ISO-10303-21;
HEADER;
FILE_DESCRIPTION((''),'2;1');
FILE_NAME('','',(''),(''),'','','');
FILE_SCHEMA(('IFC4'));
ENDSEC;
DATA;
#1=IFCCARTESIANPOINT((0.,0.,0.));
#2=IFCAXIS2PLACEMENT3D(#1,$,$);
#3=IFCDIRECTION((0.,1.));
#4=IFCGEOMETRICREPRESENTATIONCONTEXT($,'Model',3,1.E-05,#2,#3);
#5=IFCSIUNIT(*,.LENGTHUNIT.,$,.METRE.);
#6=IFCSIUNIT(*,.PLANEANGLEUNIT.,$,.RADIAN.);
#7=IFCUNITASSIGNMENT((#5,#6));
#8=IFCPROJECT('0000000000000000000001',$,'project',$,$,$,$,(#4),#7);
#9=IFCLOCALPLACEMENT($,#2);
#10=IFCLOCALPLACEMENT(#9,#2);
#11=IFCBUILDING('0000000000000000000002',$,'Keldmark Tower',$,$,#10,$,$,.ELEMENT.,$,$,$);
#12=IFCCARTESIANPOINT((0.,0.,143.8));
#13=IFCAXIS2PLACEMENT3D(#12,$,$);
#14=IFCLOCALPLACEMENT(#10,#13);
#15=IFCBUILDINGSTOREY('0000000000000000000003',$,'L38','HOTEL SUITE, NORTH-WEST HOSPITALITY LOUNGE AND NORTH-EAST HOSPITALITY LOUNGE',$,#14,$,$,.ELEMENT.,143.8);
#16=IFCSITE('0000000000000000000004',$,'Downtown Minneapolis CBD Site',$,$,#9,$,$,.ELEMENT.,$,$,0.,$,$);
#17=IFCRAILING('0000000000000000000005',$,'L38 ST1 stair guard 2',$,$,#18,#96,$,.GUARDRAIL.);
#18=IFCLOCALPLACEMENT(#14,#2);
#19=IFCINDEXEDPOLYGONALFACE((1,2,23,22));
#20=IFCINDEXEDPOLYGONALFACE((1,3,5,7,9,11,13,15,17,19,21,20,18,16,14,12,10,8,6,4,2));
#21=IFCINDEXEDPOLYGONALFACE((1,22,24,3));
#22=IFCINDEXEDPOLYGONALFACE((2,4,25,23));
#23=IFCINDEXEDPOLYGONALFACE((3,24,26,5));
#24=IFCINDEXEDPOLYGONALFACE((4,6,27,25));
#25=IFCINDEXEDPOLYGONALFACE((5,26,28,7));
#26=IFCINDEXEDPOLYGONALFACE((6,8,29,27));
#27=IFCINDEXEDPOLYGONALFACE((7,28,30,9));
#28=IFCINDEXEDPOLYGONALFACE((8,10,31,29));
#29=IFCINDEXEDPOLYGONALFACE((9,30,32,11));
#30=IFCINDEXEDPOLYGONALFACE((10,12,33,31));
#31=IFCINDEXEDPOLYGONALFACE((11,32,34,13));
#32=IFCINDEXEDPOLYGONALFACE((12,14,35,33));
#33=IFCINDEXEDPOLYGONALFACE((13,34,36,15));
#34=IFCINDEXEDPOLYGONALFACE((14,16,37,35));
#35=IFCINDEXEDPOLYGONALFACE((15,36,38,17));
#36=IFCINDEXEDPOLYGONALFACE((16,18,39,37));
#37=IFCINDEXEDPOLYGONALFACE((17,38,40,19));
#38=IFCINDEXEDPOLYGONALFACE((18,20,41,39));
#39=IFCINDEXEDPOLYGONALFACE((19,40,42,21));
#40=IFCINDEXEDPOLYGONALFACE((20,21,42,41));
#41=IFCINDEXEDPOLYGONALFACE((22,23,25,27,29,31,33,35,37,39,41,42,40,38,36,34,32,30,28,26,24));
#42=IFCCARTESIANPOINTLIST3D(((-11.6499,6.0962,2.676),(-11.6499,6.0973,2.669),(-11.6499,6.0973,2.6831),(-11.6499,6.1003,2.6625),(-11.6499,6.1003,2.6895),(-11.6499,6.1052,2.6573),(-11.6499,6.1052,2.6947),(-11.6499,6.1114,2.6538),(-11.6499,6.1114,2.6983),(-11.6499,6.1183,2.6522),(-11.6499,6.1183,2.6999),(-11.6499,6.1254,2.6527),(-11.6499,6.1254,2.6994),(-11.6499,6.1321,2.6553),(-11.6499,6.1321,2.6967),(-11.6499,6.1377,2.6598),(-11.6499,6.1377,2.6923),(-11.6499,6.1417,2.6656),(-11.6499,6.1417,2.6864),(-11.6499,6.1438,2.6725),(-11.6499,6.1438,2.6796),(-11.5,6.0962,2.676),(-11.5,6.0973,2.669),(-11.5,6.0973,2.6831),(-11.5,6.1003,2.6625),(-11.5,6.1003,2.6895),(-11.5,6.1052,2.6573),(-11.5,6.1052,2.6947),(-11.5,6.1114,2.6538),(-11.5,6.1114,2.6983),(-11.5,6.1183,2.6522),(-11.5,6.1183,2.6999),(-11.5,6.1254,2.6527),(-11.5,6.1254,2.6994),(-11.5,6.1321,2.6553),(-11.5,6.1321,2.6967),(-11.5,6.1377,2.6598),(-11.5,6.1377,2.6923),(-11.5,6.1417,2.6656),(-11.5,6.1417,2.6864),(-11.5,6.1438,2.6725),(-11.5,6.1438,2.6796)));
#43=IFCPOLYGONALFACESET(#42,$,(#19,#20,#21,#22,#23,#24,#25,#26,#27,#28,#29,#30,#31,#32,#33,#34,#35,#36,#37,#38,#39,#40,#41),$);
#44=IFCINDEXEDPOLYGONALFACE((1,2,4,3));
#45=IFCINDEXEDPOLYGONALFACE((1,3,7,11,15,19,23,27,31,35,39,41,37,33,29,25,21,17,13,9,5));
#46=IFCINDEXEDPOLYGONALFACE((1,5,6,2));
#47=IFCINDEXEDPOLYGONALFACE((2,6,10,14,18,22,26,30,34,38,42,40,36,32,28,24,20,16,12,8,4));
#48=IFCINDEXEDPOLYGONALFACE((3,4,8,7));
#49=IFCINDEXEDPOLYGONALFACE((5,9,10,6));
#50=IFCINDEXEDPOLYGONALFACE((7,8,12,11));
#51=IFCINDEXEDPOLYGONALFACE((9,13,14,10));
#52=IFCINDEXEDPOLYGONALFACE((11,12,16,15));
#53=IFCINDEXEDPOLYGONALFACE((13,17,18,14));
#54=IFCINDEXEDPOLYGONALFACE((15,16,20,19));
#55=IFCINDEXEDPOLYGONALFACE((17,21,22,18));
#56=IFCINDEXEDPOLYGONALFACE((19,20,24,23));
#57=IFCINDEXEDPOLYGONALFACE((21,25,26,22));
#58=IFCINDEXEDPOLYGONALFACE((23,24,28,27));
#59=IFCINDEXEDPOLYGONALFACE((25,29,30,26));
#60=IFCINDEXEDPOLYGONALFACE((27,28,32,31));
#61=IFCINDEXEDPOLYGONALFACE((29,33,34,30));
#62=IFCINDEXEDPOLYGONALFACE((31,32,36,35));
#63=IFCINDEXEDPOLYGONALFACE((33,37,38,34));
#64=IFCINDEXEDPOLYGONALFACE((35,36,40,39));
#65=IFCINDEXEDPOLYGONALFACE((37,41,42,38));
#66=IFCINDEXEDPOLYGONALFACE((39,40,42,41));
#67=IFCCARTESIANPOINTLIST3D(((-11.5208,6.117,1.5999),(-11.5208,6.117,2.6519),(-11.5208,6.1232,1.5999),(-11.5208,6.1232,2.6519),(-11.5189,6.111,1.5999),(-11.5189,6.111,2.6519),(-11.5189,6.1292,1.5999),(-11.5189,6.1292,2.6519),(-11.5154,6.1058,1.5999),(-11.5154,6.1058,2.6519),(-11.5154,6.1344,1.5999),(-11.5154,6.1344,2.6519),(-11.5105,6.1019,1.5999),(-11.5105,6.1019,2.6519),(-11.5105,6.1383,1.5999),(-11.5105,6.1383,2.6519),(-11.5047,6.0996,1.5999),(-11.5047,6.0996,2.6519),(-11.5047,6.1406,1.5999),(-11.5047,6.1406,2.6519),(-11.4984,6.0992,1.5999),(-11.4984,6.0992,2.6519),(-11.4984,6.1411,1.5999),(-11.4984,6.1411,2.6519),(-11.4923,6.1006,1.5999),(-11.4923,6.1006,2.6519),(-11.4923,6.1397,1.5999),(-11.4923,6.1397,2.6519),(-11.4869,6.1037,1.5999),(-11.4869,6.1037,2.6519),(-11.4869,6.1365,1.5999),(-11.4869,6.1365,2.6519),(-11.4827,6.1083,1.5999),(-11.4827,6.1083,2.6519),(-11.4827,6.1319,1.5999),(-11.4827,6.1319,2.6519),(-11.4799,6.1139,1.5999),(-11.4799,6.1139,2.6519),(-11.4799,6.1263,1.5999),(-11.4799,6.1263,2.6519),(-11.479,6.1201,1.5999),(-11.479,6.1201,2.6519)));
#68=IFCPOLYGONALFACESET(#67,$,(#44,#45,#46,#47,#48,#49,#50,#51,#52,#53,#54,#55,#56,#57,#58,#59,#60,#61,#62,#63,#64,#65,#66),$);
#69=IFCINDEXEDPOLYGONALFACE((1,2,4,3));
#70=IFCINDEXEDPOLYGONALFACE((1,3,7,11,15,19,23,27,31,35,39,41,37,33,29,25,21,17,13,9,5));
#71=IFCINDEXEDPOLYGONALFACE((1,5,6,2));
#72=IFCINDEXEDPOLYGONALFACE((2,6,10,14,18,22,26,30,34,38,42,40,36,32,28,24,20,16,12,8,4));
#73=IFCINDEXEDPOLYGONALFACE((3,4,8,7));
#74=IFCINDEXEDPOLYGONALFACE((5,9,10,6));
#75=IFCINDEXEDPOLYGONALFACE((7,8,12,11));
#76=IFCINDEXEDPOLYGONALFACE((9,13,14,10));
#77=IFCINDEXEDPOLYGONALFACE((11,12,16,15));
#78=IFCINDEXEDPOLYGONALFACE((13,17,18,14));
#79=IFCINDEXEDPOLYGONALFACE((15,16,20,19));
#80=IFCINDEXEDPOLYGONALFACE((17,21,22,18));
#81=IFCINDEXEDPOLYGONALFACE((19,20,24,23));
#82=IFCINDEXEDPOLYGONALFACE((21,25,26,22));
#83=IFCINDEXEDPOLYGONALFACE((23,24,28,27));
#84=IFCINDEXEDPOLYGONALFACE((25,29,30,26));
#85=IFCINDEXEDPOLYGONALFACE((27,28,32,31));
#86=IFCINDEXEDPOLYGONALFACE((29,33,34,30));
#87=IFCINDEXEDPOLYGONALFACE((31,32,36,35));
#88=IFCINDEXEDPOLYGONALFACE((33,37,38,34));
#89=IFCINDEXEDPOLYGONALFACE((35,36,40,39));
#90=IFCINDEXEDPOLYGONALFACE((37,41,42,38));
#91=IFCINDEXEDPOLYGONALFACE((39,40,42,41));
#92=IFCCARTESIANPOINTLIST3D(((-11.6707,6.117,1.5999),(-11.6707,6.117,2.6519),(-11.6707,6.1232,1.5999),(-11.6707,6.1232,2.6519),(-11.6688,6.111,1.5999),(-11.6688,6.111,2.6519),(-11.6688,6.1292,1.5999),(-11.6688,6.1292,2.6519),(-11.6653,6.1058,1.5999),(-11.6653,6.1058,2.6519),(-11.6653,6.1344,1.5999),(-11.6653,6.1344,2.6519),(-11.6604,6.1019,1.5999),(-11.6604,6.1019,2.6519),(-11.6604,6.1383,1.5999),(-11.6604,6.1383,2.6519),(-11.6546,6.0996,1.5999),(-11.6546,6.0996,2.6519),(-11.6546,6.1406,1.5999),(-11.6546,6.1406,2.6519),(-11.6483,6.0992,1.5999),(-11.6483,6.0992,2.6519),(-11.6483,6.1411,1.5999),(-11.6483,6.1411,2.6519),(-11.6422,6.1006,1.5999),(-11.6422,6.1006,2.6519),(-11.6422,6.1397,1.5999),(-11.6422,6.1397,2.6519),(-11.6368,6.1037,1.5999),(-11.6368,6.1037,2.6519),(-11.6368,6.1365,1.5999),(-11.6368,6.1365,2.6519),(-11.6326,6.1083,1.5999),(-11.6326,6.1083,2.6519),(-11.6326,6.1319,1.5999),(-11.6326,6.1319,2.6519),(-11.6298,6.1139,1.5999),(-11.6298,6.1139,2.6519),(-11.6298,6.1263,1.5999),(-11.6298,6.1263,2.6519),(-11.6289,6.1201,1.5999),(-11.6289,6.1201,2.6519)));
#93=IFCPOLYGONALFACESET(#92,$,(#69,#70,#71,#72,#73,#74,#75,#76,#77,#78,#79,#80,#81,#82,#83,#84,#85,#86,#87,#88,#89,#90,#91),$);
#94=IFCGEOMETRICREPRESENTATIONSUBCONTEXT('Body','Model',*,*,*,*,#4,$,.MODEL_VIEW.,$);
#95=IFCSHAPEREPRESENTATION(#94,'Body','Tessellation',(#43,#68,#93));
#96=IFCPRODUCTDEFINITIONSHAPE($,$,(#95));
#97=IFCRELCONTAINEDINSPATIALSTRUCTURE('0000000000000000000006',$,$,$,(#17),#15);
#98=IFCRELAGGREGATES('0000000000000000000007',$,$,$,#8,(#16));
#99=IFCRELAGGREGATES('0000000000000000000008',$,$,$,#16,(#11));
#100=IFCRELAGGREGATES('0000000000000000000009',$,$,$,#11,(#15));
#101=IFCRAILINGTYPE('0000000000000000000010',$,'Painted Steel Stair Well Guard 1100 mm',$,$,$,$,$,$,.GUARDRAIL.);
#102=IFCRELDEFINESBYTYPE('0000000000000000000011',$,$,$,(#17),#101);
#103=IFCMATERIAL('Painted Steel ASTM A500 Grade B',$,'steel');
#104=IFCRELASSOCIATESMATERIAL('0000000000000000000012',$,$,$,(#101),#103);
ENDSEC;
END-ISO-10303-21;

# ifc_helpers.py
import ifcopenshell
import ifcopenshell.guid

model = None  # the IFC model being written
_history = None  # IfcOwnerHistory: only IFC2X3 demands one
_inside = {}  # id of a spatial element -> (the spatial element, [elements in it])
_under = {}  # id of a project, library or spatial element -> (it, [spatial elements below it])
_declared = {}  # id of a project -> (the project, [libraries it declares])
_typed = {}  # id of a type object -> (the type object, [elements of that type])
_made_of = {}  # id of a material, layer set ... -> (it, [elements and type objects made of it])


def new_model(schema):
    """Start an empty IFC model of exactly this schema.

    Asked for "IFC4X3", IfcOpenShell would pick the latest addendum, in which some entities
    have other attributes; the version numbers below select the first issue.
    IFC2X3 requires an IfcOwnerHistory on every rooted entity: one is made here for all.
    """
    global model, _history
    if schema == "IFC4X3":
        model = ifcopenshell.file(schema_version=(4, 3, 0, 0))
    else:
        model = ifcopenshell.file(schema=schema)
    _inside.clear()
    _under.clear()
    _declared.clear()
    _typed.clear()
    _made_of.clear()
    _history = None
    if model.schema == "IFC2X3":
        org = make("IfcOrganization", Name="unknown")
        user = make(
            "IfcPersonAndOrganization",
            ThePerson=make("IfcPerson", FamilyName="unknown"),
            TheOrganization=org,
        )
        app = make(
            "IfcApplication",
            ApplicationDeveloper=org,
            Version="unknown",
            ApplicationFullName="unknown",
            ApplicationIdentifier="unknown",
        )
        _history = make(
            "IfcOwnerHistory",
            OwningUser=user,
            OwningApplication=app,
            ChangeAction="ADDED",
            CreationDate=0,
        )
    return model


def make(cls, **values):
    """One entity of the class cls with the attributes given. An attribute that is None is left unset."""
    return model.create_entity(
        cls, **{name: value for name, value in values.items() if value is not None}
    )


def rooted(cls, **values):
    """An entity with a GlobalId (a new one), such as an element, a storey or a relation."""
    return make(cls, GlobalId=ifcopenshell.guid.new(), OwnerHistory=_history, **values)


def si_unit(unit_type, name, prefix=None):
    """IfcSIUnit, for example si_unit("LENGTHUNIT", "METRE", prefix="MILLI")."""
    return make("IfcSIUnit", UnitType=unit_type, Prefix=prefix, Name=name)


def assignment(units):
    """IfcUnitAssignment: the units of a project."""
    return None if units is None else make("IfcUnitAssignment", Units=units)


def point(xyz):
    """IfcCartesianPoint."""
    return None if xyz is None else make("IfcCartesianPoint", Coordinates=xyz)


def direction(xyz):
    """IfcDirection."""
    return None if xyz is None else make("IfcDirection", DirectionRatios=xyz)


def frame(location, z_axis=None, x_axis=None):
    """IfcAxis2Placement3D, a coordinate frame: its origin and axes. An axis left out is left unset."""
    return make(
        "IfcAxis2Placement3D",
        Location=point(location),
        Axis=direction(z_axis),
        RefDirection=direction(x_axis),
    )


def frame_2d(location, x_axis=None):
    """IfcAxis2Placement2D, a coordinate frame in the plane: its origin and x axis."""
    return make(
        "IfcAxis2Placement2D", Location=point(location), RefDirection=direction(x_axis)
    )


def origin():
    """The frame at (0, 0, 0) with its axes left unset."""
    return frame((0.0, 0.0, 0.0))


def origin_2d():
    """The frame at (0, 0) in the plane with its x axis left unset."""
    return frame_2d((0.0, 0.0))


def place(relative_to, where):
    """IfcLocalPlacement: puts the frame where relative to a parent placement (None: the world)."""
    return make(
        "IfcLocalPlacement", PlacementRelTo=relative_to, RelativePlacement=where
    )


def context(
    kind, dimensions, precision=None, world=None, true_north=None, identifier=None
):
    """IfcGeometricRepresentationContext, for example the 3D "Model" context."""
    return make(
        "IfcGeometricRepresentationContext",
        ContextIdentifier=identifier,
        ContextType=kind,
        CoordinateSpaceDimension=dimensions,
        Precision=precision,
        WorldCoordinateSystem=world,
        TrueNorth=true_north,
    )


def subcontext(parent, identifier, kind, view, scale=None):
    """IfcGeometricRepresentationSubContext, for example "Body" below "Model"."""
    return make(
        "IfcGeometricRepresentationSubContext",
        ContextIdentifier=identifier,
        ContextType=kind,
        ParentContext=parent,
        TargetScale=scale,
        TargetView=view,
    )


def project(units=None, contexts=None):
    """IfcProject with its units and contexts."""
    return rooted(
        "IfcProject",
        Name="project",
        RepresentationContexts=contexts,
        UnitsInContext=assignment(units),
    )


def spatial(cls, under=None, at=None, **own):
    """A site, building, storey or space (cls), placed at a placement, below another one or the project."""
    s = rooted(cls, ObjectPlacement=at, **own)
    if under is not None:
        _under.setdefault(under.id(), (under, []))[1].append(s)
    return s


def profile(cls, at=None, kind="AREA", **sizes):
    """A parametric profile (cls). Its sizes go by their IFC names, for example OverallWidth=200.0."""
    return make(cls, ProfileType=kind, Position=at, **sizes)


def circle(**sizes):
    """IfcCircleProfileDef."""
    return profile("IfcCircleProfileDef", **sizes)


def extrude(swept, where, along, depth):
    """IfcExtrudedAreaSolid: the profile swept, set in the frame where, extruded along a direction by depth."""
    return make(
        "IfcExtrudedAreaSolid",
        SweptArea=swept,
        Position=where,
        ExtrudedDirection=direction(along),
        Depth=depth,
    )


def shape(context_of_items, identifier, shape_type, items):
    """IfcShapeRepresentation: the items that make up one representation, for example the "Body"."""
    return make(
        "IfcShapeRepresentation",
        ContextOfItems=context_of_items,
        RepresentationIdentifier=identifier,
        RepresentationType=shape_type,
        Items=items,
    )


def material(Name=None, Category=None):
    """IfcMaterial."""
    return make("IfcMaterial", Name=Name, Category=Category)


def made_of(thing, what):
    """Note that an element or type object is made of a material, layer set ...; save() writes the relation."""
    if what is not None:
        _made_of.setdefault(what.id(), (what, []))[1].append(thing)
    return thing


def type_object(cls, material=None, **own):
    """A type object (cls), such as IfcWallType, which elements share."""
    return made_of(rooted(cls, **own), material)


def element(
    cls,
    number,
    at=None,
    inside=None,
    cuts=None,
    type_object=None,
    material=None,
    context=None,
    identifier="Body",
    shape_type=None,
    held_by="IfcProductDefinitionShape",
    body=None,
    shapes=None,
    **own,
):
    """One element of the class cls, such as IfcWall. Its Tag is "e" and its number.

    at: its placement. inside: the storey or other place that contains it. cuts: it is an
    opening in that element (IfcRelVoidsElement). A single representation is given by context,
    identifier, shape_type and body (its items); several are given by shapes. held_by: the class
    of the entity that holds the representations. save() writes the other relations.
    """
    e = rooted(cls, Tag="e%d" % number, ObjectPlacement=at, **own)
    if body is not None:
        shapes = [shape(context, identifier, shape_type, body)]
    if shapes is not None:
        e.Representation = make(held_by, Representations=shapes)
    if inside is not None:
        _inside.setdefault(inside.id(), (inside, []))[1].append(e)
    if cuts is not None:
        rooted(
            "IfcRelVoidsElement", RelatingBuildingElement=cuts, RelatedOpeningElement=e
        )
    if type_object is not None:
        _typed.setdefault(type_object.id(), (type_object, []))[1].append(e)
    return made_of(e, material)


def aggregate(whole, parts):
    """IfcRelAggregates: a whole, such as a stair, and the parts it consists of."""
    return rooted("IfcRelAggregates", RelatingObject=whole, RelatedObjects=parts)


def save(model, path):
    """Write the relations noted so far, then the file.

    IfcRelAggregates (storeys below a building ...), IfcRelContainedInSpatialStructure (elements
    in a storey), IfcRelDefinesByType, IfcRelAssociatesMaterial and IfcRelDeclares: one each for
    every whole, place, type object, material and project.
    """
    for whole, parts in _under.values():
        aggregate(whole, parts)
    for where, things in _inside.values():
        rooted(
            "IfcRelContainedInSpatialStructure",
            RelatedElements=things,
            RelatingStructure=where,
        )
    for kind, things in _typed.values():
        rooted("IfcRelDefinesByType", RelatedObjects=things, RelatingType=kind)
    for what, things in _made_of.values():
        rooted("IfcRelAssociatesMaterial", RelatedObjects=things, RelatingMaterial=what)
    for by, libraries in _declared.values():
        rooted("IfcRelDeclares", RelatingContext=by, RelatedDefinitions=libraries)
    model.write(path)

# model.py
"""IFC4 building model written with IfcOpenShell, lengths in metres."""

from ifc_helpers import new_model, si_unit, direction, frame, origin, origin_2d, place, context, subcontext, project, spatial, circle, extrude, material, type_object, element, save


model = new_model("IFC4")

# Units and contexts
model_context = context("Model", 3, precision=1e-05, world=origin(), true_north=direction((0.0, 1.0)))
body_context = subcontext(model_context, "Body", "Model", "MODEL_VIEW")
ifc_project = project(units=[si_unit("LENGTHUNIT", "METRE"), si_unit("PLANEANGLEUNIT", "RADIAN")], contexts=[model_context])

# Site, building, storey
site_placement = place(None, origin())
site = spatial("IfcSite", under=ifc_project, at=site_placement, Name="Downtown Minneapolis CBD Site", CompositionType="ELEMENT", RefElevation=0.0)
building_placement = place(site_placement, origin())
building = spatial("IfcBuilding", under=site, at=building_placement, Name="Keldmark Tower", CompositionType="ELEMENT")
storey_placement = place(building_placement, frame((0.0, 0.0, 143.8)))
storey = spatial("IfcBuildingStorey", under=building, at=storey_placement, Name="L38", Description="HOTEL SUITE, NORTH-WEST HOSPITALITY LOUNGE AND NORTH-EAST HOSPITALITY LOUNGE", CompositionType="ELEMENT", Elevation=143.8)

# Railing
ifc_material_1 = material(Name="Painted Steel ASTM A500 Grade B", Category="steel")
railing_type_1 = type_object("IfcRailingType", Name="Painted Steel Stair Well Guard 1100 mm", PredefinedType="GUARDRAIL", material=ifc_material_1)
railing_1_placement = place(storey_placement, frame((-11.5, 6.1201, 1.5999)))
element("IfcRailing", 1, at=railing_1_placement, inside=storey, type_object=railing_type_1, Name="L38 ST1 stair guard 2", PredefinedType="GUARDRAIL", context=body_context, shape_type="SweptSolid", body=[
    extrude(circle(Radius=0.0239, at=origin_2d()), frame((0.0, 0.0, 1.0762), z_axis=(-1.0, 0.0, 0.0), x_axis=(0.0, -1.0, 0.0)), (0.0, 0.0, 1.0), 0.1499),
    extrude(circle(Radius=0.021, at=origin_2d()), origin(), (0.0, 0.0, 1.0), 1.052),
    extrude(circle(Radius=0.021, at=origin_2d()), frame((-0.1499, 0.0, 0.0)), (0.0, 0.0, 1.0), 1.052),
])

save(model, "model.ifc")
